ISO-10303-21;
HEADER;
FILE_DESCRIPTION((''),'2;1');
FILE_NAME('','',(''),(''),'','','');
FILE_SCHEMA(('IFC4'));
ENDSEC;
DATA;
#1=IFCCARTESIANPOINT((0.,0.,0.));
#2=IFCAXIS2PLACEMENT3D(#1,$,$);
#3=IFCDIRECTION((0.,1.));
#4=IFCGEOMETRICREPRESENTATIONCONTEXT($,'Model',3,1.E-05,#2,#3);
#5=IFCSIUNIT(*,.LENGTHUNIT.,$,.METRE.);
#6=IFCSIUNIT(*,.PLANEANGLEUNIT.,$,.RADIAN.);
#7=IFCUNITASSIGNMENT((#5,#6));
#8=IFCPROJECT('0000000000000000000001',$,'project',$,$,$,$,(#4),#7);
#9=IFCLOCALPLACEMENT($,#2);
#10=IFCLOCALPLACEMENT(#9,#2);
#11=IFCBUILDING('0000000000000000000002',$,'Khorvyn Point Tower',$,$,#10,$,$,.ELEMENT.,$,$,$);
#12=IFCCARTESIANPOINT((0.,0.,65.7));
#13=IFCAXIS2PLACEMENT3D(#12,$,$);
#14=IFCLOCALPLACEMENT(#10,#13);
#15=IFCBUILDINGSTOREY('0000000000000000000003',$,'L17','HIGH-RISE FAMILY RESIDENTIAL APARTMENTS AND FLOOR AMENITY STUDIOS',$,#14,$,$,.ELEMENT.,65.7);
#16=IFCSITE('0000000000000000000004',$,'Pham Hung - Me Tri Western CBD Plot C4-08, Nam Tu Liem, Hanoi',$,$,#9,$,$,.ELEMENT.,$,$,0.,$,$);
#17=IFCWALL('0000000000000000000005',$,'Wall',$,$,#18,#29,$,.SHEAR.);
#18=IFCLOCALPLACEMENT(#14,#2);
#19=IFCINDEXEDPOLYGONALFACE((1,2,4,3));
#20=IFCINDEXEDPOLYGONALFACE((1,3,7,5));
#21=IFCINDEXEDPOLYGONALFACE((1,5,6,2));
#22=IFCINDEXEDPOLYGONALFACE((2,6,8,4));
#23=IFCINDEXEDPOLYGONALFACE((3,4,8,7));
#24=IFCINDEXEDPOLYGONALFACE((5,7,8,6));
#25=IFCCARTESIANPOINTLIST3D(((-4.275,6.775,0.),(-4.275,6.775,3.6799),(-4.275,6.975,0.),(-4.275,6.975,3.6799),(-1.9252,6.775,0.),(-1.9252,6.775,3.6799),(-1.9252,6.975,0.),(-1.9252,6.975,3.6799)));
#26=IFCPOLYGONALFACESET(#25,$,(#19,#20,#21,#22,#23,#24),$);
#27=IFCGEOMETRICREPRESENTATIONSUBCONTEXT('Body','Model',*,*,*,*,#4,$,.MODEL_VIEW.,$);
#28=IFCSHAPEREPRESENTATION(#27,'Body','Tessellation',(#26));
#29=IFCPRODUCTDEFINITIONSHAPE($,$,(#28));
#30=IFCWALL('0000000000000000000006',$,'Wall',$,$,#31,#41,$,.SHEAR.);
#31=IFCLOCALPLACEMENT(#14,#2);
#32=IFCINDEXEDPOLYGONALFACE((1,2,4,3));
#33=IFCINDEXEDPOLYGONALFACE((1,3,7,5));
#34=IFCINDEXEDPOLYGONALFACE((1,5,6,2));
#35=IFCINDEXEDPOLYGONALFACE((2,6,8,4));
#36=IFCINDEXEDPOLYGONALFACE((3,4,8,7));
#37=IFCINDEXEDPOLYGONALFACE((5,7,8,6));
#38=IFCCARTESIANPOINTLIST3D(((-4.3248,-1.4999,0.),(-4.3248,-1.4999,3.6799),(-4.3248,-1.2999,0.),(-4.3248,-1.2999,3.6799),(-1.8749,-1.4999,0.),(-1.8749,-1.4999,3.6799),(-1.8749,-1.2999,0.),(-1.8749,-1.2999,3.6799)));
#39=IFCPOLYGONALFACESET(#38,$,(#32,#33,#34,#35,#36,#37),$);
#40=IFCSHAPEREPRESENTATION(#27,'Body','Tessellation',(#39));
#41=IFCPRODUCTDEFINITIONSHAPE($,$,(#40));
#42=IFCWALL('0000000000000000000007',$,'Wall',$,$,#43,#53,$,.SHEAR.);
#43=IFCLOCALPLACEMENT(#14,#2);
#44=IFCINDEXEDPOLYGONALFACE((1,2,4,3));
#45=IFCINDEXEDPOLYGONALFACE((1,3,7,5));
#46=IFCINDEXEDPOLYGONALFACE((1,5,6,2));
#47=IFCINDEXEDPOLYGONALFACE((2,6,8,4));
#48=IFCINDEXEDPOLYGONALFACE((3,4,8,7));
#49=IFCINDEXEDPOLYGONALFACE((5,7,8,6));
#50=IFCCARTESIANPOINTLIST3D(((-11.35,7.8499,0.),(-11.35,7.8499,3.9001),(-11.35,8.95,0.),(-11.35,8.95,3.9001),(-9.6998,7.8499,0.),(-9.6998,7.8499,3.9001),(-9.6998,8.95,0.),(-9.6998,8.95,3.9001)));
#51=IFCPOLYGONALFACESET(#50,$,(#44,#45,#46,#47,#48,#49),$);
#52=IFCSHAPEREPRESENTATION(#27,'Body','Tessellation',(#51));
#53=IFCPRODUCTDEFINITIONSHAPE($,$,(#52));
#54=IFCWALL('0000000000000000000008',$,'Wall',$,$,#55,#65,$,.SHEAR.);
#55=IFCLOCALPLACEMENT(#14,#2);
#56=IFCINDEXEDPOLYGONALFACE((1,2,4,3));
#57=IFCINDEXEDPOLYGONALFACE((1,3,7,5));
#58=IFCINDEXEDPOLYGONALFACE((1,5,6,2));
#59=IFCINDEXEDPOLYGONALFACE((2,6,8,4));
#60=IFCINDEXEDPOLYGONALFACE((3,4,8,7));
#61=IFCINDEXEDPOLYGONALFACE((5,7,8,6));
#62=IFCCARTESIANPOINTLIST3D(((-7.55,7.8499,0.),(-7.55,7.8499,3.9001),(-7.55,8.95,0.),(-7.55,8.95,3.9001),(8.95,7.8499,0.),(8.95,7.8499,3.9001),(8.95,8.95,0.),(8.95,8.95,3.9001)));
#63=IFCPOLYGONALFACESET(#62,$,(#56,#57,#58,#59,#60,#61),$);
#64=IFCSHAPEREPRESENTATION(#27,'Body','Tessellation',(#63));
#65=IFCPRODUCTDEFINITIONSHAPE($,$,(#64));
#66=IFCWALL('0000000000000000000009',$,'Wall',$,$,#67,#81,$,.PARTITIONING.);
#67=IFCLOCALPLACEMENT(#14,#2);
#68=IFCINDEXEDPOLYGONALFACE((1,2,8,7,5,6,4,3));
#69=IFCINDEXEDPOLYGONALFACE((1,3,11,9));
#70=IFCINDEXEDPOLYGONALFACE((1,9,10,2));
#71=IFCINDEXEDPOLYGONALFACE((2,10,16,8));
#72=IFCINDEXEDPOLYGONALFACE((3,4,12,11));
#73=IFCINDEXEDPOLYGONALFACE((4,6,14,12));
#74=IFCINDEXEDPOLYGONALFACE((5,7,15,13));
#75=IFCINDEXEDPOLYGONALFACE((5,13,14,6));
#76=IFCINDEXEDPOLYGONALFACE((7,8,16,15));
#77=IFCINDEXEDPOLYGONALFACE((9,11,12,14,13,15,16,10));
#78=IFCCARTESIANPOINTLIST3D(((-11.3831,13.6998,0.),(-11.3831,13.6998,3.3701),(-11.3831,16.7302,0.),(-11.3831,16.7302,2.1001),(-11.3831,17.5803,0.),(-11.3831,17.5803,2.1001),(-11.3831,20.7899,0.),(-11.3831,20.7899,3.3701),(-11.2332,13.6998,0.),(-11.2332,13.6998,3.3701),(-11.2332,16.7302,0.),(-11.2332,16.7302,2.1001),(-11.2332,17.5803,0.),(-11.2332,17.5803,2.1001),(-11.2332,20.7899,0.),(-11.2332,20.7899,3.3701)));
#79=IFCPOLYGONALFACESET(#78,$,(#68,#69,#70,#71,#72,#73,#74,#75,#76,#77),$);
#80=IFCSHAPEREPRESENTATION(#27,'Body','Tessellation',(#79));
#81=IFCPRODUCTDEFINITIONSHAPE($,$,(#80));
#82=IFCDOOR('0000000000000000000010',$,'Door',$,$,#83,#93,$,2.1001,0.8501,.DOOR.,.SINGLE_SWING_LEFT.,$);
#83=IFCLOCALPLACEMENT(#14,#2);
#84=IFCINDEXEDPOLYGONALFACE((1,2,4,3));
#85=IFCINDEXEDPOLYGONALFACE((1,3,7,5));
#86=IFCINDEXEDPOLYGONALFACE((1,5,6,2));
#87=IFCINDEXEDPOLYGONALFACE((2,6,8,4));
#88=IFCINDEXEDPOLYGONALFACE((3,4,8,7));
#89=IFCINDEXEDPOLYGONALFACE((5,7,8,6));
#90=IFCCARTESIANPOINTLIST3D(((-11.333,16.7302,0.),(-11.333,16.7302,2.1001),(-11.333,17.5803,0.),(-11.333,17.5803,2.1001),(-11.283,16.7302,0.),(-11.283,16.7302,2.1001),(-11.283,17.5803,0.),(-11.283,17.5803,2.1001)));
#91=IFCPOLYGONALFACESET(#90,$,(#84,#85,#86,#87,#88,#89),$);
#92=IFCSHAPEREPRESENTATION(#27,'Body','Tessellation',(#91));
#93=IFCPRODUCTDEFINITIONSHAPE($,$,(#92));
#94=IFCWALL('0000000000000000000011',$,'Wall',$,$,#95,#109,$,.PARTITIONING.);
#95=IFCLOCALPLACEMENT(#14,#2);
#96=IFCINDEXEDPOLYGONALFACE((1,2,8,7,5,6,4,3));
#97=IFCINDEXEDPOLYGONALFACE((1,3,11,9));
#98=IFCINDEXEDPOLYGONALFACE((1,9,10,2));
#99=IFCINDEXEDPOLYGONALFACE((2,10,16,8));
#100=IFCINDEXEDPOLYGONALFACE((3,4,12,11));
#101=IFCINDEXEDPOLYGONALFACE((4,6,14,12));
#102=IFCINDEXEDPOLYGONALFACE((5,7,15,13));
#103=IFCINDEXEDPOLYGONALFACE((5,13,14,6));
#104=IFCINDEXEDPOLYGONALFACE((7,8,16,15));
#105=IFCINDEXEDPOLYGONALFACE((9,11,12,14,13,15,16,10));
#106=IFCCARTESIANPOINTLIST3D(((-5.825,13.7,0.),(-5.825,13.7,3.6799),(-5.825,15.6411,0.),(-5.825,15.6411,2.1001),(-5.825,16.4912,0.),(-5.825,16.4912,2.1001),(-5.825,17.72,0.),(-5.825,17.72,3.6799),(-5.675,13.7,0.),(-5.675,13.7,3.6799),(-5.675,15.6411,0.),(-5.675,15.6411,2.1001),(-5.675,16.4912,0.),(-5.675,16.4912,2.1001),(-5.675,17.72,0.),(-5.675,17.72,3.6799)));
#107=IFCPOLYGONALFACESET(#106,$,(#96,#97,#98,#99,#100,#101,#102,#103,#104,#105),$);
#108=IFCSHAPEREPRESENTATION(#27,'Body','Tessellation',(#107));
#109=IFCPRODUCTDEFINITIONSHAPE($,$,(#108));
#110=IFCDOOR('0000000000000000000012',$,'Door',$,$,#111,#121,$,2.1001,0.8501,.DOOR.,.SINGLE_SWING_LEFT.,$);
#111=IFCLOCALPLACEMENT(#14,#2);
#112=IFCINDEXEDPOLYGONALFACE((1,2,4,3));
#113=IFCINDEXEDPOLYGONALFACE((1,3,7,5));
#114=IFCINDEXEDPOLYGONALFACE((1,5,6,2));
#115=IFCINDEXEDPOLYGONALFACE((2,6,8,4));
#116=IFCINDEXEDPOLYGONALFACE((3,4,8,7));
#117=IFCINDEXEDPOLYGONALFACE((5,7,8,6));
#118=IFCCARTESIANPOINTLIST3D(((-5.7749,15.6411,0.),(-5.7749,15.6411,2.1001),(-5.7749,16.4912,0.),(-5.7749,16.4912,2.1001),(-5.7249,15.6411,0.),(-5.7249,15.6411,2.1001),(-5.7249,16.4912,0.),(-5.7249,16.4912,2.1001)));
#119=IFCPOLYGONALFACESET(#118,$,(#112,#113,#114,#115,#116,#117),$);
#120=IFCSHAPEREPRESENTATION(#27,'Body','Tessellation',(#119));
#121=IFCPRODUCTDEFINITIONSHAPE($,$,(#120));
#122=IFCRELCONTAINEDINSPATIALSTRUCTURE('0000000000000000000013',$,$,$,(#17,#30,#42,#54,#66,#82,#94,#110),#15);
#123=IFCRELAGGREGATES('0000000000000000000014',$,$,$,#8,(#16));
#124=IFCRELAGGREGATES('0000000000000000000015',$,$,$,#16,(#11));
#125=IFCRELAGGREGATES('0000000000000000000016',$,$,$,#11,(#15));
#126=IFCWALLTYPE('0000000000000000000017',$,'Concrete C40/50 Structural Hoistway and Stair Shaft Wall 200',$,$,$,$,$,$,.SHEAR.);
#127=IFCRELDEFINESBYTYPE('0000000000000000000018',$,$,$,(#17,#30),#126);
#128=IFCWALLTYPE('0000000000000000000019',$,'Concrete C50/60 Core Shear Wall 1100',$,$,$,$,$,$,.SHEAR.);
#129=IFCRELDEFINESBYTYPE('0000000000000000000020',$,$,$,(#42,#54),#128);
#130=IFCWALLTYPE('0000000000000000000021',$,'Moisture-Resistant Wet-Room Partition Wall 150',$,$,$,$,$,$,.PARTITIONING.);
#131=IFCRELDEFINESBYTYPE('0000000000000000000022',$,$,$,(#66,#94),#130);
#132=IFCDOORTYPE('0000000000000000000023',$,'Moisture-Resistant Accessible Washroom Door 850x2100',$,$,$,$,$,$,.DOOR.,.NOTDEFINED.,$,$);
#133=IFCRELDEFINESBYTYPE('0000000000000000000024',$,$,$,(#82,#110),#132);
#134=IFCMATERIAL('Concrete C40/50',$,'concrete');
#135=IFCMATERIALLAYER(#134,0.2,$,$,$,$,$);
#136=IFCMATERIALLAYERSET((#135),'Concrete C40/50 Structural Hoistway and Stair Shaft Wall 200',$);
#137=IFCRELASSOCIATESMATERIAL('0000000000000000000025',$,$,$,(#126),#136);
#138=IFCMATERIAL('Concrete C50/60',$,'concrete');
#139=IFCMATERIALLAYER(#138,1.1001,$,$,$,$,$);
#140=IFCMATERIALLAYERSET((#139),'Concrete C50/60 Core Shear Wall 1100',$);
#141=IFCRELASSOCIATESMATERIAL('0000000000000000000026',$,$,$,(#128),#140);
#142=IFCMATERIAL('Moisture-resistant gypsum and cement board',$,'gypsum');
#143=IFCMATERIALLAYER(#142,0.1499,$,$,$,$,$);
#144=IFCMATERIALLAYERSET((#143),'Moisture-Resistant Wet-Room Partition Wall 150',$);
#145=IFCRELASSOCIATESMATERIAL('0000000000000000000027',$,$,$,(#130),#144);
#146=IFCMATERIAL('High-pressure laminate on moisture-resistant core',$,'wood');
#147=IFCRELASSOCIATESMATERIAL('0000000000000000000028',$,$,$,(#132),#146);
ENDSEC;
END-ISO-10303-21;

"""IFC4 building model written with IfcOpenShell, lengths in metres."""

from ifc_helpers import new_model, si_unit, direction, frame, frame_2d, origin, place, context, subcontext, project, spatial, rectangle, extrude, material, layer, layer_set, type_object, element, fill, save


model = new_model("IFC4")

# Units and contexts
model_context = context("Model", 3, precision=1e-05, world=origin(), true_north=direction((0.0, 1.0)))
body_context = subcontext(model_context, "Body", "Model", "MODEL_VIEW")
ifc_project = project(units=[si_unit("LENGTHUNIT", "METRE"), si_unit("PLANEANGLEUNIT", "RADIAN")], contexts=[model_context])

# Site, building, storey
site_placement = place(None, origin())
site = spatial("IfcSite", under=ifc_project, at=site_placement, Name="Pham Hung - Me Tri Western CBD Plot C4-08, Nam Tu Liem, Hanoi", CompositionType="ELEMENT", RefElevation=0.0)
building_placement = place(site_placement, origin())
building = spatial("IfcBuilding", under=site, at=building_placement, Name="Khorvyn Point Tower", CompositionType="ELEMENT")
storey_placement = place(building_placement, frame((0.0, 0.0, 65.7)))
storey = spatial("IfcBuildingStorey", under=building, at=storey_placement, Name="L17", Description="HIGH-RISE FAMILY RESIDENTIAL APARTMENTS AND FLOOR AMENITY STUDIOS", CompositionType="ELEMENT", Elevation=65.7)

# Shared definitions
ifc_material_1 = material(Name="Concrete C40/50", Category="concrete")
ifc_material_2 = material(Name="Concrete C50/60", Category="concrete")

# Walls
ifc_layer_1 = layer(ifc_material_1, 0.2)
ifc_layer_set_1 = layer_set([ifc_layer_1], Name="Concrete C40/50 Structural Hoistway and Stair Shaft Wall 200")
wall_type_1 = type_object("IfcWallType", Name="Concrete C40/50 Structural Hoistway and Stair Shaft Wall 200", PredefinedType="SHEAR", material=ifc_layer_set_1)
for number, where, z_axis, x_axis, name in (
    (1, (-4.2749, 6.875, 0.0), (0.0, 0.0, 1.0), (1.0, 0.0, 0.0), "Wall"),
):
    element("IfcWall", number, at=place(storey_placement, frame(where, z_axis=z_axis, x_axis=x_axis)), inside=storey, type_object=wall_type_1, Name=name, PredefinedType="SHEAR", context=body_context, shape_type="SweptSolid", body=[
        extrude(rectangle(XDim=2.3499, YDim=0.2, at=frame_2d((1.1748, 0.0))), origin(), (0.0, 0.0, 1.0), 3.6799),
    ])
wall_1_placement = place(storey_placement, frame((-4.325, -1.3999, 0.0), z_axis=(0.0, 0.0, 1.0), x_axis=(1.0, 0.0, 0.0)))
element("IfcWall", 2, at=wall_1_placement, inside=storey, type_object=wall_type_1, Name="Wall", PredefinedType="SHEAR", context=body_context, shape_type="SweptSolid", body=[
    extrude(rectangle(XDim=2.45, YDim=0.2, at=frame_2d((1.2251, 0.0))), origin(), (0.0, 0.0, 1.0), 3.6799),
])
ifc_layer_2 = layer(ifc_material_2, 1.1001)
ifc_layer_set_2 = layer_set([ifc_layer_2], Name="Concrete C50/60 Core Shear Wall 1100")
wall_type_2 = type_object("IfcWallType", Name="Concrete C50/60 Core Shear Wall 1100", PredefinedType="SHEAR", material=ifc_layer_set_2)
wall_2_placement = place(storey_placement, frame((-11.3501, 8.3999, 0.0), z_axis=(0.0, 0.0, 1.0), x_axis=(1.0, 0.0, 0.0)))
element("IfcWall", 3, at=wall_2_placement, inside=storey, type_object=wall_type_2, Name="Wall", PredefinedType="SHEAR", context=body_context, shape_type="SweptSolid", body=[
    extrude(rectangle(XDim=1.6501, YDim=1.1001, at=frame_2d((0.8252, 0.0))), origin(), (0.0, 0.0, 1.0), 3.9001),
])
wall_3_placement = place(storey_placement, frame((-7.55, 8.3999, 0.0), z_axis=(0.0, 0.0, 1.0), x_axis=(1.0, 0.0, 0.0)))
element("IfcWall", 4, at=wall_3_placement, inside=storey, type_object=wall_type_2, Name="Wall", PredefinedType="SHEAR", context=body_context, shape_type="SweptSolid", body=[
    extrude(rectangle(XDim=16.5, YDim=1.1001, at=frame_2d((8.25, 0.0))), origin(), (0.0, 0.0, 1.0), 3.9001),
])

# Walls, openings, doors
ifc_material_3 = material(Name="Moisture-resistant gypsum and cement board", Category="gypsum")
ifc_layer_3 = layer(ifc_material_3, 0.1499)
ifc_layer_set_3 = layer_set([ifc_layer_3], Name="Moisture-Resistant Wet-Room Partition Wall 150")
wall_type_3 = type_object("IfcWallType", Name="Moisture-Resistant Wet-Room Partition Wall 150", PredefinedType="PARTITIONING", material=ifc_layer_set_3)
wall_4_placement = place(storey_placement, frame((-11.3081, 13.7, 0.0), z_axis=(0.0, 0.0, 1.0), x_axis=(0.0, 1.0, 0.0)))
wall_4 = element("IfcWall", 5, at=wall_4_placement, inside=storey, type_object=wall_type_3, Name="Wall", PredefinedType="PARTITIONING", context=body_context, shape_type="SweptSolid", body=[
    extrude(rectangle(XDim=7.0901, YDim=0.1499, at=frame_2d((3.5449, 0.0))), origin(), (0.0, 0.0, 1.0), 3.3701),
])
opening_1_placement = place(wall_4_placement, frame((3.0303, 0.0, 0.0)))
opening_1 = element("IfcOpeningElement", 6, at=opening_1_placement, cuts=wall_4, PredefinedType="OPENING", context=body_context, shape_type="SweptSolid", body=[
    extrude(rectangle(XDim=0.8501, YDim=2.1001, at=frame_2d((0.425, 1.05))), frame((0.0, 0.085, 0.0), z_axis=(0.0, -1.0, 0.0), x_axis=(1.0, 0.0, 0.0)), (0.0, 0.0, 1.0), 0.1699),
])
ifc_material_4 = material(Name="High-pressure laminate on moisture-resistant core", Category="wood")
door_type_1 = type_object("IfcDoorType", Name="Moisture-Resistant Accessible Washroom Door 850x2100", OperationType="NOTDEFINED", PredefinedType="DOOR", material=ifc_material_4)
door_1_placement = place(opening_1_placement, origin())
door_1 = element("IfcDoor", 7, at=door_1_placement, inside=storey, type_object=door_type_1, Name="Door", OperationType="SINGLE_SWING_LEFT", OverallHeight=2.1001, OverallWidth=0.8501, PredefinedType="DOOR", context=body_context, shape_type="SweptSolid", body=[
    extrude(rectangle(XDim=0.8501, YDim=2.1001, at=frame_2d((0.425, 1.05))), frame((0.0, 0.0249, 0.0), z_axis=(0.0, -1.0, 0.0), x_axis=(1.0, 0.0, 0.0)), (0.0, 0.0, 1.0), 0.05),
])
fill(opening_1, door_1)
wall_5_placement = place(storey_placement, frame((-5.75, 13.7, 0.0), z_axis=(0.0, 0.0, 1.0), x_axis=(0.0, 1.0, 0.0)))
wall_5 = element("IfcWall", 8, at=wall_5_placement, inside=storey, type_object=wall_type_3, Name="Wall", PredefinedType="PARTITIONING", context=body_context, shape_type="SweptSolid", body=[
    extrude(rectangle(XDim=4.02, YDim=0.1499, at=frame_2d((2.01, 0.0))), origin(), (0.0, 0.0, 1.0), 3.6799),
])
opening_2_placement = place(wall_5_placement, frame((1.9412, 0.0, 0.0)))
opening_2 = element("IfcOpeningElement", 9, at=opening_2_placement, cuts=wall_5, PredefinedType="OPENING", context=body_context, shape_type="SweptSolid", body=[
    extrude(rectangle(XDim=0.8501, YDim=2.1001, at=frame_2d((0.425, 1.05))), frame((0.0, 0.085, 0.0), z_axis=(0.0, -1.0, 0.0), x_axis=(1.0, 0.0, 0.0)), (0.0, 0.0, 1.0), 0.1699),
])
door_2_placement = place(opening_2_placement, origin())
door_2 = element("IfcDoor", 10, at=door_2_placement, inside=storey, type_object=door_type_1, Name="Door", OperationType="SINGLE_SWING_LEFT", OverallHeight=2.1001, OverallWidth=0.8501, PredefinedType="DOOR", context=body_context, shape_type="SweptSolid", body=[
    extrude(rectangle(XDim=0.8501, YDim=2.1001, at=frame_2d((0.425, 1.05))), frame((0.0, 0.0249, 0.0), z_axis=(0.0, -1.0, 0.0), x_axis=(1.0, 0.0, 0.0)), (0.0, 0.0, 1.0), 0.05),
])
fill(opening_2, door_2)

save(model, "model.ifc")
